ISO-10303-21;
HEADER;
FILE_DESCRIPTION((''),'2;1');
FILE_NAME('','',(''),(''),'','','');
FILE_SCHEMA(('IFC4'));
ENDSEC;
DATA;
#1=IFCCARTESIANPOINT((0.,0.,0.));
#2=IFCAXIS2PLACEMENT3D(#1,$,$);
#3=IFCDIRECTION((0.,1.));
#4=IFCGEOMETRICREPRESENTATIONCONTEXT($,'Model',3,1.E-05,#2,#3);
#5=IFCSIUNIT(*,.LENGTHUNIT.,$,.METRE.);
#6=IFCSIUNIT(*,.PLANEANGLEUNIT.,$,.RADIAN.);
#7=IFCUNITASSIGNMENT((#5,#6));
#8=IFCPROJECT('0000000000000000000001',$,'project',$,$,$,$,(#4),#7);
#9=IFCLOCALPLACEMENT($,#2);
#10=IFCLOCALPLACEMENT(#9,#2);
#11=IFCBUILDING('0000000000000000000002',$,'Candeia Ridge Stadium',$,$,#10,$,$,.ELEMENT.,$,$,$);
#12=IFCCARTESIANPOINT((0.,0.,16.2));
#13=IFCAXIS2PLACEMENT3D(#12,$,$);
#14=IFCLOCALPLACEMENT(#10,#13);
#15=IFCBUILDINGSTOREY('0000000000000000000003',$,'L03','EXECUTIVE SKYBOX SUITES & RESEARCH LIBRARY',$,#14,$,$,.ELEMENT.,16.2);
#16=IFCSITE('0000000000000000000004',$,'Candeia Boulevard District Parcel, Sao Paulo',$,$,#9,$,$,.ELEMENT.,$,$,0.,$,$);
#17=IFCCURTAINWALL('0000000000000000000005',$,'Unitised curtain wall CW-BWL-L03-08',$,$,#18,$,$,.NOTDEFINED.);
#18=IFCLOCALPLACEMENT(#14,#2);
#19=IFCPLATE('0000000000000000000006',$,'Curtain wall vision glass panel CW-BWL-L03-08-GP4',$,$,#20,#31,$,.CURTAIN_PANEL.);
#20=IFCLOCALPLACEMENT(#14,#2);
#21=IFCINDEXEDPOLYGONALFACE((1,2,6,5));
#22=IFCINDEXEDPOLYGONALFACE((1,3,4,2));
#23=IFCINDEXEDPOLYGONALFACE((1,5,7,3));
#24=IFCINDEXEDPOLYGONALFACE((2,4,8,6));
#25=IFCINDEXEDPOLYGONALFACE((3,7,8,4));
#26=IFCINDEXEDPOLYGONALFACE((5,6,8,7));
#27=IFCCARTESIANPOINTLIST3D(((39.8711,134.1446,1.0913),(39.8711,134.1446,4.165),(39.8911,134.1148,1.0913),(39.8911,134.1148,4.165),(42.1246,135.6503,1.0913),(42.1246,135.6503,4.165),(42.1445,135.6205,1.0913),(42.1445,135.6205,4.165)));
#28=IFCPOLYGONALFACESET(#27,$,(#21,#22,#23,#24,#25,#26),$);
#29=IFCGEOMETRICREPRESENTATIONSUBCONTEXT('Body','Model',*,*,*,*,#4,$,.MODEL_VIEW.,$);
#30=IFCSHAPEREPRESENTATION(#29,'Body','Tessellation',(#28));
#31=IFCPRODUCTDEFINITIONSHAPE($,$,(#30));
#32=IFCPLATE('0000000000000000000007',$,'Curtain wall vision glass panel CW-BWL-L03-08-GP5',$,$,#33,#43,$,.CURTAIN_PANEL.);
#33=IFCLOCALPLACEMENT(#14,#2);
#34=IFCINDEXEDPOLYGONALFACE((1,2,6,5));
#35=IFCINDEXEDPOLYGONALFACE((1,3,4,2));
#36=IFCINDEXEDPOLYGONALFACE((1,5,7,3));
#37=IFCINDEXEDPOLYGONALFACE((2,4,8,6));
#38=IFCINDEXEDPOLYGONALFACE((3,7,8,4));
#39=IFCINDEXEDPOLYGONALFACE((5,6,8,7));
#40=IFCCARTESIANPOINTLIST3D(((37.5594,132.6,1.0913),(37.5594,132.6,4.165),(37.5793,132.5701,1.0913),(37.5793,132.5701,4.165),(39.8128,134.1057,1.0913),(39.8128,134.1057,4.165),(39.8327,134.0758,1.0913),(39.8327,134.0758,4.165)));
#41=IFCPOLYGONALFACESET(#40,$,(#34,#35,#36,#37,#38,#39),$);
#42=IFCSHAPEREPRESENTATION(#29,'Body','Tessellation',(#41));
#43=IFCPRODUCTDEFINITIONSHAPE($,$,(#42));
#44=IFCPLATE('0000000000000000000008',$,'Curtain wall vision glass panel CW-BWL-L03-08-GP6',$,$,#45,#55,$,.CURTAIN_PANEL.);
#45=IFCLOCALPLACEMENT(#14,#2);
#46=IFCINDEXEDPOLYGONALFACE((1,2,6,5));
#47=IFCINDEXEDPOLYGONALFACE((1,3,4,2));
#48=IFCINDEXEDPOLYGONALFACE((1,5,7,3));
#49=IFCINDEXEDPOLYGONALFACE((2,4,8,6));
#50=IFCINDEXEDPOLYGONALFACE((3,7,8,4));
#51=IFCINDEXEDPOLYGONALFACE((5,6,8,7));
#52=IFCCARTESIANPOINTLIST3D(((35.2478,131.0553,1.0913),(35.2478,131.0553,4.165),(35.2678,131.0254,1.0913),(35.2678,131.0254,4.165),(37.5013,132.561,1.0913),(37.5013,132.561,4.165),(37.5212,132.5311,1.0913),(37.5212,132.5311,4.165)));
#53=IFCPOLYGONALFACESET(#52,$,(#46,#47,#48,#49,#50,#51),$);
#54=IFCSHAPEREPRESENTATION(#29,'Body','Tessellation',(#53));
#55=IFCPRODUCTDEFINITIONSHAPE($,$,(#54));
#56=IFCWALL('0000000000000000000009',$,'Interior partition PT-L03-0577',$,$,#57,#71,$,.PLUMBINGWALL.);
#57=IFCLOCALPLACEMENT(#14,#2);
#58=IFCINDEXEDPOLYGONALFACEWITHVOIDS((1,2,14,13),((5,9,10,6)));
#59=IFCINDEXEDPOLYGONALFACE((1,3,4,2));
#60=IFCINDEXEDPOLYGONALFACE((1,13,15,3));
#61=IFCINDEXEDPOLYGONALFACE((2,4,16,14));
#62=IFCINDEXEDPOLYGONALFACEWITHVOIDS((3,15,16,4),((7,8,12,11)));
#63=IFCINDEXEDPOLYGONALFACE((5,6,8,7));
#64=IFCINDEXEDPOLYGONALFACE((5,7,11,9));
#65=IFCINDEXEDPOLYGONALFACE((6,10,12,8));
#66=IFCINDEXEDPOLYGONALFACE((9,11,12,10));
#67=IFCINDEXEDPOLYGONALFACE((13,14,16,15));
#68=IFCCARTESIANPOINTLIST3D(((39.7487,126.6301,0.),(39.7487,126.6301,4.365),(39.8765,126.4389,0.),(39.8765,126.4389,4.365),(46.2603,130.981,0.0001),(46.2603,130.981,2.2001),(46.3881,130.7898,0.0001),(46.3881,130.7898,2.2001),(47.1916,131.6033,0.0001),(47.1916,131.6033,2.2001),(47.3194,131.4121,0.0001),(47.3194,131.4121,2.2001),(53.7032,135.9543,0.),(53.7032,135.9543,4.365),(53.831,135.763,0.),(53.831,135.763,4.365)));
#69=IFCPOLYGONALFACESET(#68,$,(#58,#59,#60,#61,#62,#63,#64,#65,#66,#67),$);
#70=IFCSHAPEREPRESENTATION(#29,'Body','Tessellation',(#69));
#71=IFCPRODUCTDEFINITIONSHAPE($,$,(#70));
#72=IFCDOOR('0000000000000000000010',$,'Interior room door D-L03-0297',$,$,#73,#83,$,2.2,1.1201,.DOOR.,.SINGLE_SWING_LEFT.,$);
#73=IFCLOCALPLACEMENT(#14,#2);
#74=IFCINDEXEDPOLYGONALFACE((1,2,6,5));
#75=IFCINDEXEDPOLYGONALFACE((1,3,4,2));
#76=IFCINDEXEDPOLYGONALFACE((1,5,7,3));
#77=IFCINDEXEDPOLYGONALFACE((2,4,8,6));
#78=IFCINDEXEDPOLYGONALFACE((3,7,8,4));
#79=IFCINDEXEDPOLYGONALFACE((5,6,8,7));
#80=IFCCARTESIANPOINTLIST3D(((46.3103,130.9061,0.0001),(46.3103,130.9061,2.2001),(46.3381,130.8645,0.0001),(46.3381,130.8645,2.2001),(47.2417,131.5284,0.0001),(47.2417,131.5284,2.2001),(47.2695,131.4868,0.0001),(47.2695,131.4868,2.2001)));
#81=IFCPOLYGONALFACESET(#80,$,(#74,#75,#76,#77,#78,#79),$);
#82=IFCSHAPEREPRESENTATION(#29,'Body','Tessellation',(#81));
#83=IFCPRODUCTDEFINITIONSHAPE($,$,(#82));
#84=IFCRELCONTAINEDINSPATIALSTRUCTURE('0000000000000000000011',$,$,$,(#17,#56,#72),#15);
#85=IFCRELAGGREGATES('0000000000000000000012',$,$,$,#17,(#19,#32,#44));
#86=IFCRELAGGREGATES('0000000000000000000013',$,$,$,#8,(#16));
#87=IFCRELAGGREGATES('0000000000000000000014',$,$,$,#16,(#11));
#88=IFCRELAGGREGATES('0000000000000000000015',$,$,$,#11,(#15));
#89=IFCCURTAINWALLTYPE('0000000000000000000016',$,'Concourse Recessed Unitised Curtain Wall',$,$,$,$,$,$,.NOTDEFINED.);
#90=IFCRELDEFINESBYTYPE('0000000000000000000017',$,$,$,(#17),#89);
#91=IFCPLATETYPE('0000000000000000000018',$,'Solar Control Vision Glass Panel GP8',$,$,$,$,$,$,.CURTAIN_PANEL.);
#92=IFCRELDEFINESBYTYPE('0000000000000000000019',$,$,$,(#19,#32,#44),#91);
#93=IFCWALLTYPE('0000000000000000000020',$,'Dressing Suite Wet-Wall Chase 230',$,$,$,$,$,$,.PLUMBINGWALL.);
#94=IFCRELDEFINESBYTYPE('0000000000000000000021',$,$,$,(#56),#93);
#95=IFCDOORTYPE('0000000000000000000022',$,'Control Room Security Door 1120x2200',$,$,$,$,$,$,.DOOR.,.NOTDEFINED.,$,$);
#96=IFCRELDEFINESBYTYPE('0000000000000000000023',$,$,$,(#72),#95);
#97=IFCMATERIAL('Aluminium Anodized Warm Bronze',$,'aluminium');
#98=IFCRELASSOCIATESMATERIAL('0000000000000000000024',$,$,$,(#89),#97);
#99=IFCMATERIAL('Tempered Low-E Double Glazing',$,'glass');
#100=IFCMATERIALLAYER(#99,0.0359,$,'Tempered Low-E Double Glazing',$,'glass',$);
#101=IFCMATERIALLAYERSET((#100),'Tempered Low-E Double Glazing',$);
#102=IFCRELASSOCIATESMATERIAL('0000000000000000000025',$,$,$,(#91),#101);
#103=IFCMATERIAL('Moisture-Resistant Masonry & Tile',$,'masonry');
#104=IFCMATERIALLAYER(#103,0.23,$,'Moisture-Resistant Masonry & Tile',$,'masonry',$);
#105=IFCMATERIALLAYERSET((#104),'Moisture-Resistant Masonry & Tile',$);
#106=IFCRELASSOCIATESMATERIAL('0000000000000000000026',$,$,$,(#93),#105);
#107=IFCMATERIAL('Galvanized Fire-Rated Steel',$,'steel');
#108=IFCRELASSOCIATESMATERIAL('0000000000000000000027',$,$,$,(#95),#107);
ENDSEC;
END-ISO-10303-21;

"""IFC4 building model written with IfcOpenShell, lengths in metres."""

from ifc_helpers import new_model, si_unit, direction, frame, frame_2d, origin, origin_2d, place, context, subcontext, project, spatial, rectangle, extrude, material, layer, layer_set, type_object, element, fill, aggregate, save


model = new_model("IFC4")

# Units and contexts
model_context = context("Model", 3, precision=1e-05, world=origin(), true_north=direction((0.0, 1.0)))
body_context = subcontext(model_context, "Body", "Model", "MODEL_VIEW")
ifc_project = project(units=[si_unit("LENGTHUNIT", "METRE"), si_unit("PLANEANGLEUNIT", "RADIAN")], contexts=[model_context])

# Site, building, storey
site_placement = place(None, origin())
site = spatial("IfcSite", under=ifc_project, at=site_placement, Name="Candeia Boulevard District Parcel, Sao Paulo", CompositionType="ELEMENT", RefElevation=0.0)
building_placement = place(site_placement, origin())
building = spatial("IfcBuilding", under=site, at=building_placement, Name="Candeia Ridge Stadium", CompositionType="ELEMENT")
storey_placement = place(building_placement, frame((0.0, 0.0, 16.2)))
storey = spatial("IfcBuildingStorey", under=building, at=storey_placement, Name="L03", Description="EXECUTIVE SKYBOX SUITES & RESEARCH LIBRARY", CompositionType="ELEMENT", Elevation=16.2)

# Curtain wall
ifc_material_1 = material(Name="Aluminium Anodized Warm Bronze", Category="aluminium")
curtain_wall_type = type_object("IfcCurtainWallType", Name="Concourse Recessed Unitised Curtain Wall", PredefinedType="NOTDEFINED", material=ifc_material_1)
curtain_wall_1_placement = place(storey_placement, origin())
curtain_wall_1 = element("IfcCurtainWall", 1, at=curtain_wall_1_placement, inside=storey, type_object=curtain_wall_type, Name="Unitised curtain wall CW-BWL-L03-08", PredefinedType="NOTDEFINED")

# Plates
ifc_material_2 = material(Name="Tempered Low-E Double Glazing", Category="glass")
ifc_layer_1 = layer(ifc_material_2, 0.0359, Name="Tempered Low-E Double Glazing", Category="glass")
ifc_layer_set_1 = layer_set([ifc_layer_1], Name="Tempered Low-E Double Glazing")
plate_type_1 = type_object("IfcPlateType", Name="Solar Control Vision Glass Panel GP8", PredefinedType="CURTAIN_PANEL", material=ifc_layer_set_1)
plate_1_placement = place(storey_placement, frame((41.0078, 134.8826, 1.0913), z_axis=(0.0, 0.0, 1.0), x_axis=(-0.831469, -0.555571, 0.0)))
plate_1 = element("IfcPlate", 2, at=plate_1_placement, type_object=plate_type_1, Name="Curtain wall vision glass panel CW-BWL-L03-08-GP4", PredefinedType="CURTAIN_PANEL", context=body_context, shape_type="SweptSolid", body=[
    extrude(rectangle(XDim=2.7102, YDim=0.0359, at=origin_2d()), origin(), (0.0, 0.0, 1.0), 3.0737),
])
plate_2_placement = place(storey_placement, frame((38.696, 133.3379, 1.0913), z_axis=(0.0, 0.0, 1.0), x_axis=(-0.831469, -0.555571, 0.0)))
plate_2 = element("IfcPlate", 3, at=plate_2_placement, type_object=plate_type_1, Name="Curtain wall vision glass panel CW-BWL-L03-08-GP5", PredefinedType="CURTAIN_PANEL", context=body_context, shape_type="SweptSolid", body=[
    extrude(rectangle(XDim=2.7102, YDim=0.0359, at=origin_2d()), origin(), (0.0, 0.0, 1.0), 3.0737),
])
plate_3_placement = place(storey_placement, frame((36.3845, 131.7932, 1.0913), z_axis=(0.0, 0.0, 1.0), x_axis=(-0.831469, -0.555571, 0.0)))
plate_3 = element("IfcPlate", 4, at=plate_3_placement, type_object=plate_type_1, Name="Curtain wall vision glass panel CW-BWL-L03-08-GP6", PredefinedType="CURTAIN_PANEL", context=body_context, shape_type="SweptSolid", body=[
    extrude(rectangle(XDim=2.7102, YDim=0.0359, at=origin_2d()), origin(), (0.0, 0.0, 1.0), 3.0737),
])
aggregate(curtain_wall_1, [plate_1, plate_2, plate_3])

# Wall, opening, door
ifc_material_3 = material(Name="Moisture-Resistant Masonry & Tile", Category="masonry")
ifc_layer_2 = layer(ifc_material_3, 0.23, Name="Moisture-Resistant Masonry & Tile", Category="masonry")
ifc_layer_set_2 = layer_set([ifc_layer_2], Name="Moisture-Resistant Masonry & Tile")
wall_type = type_object("IfcWallType", Name="Dressing Suite Wet-Wall Chase 230", PredefinedType="PLUMBINGWALL", material=ifc_layer_set_2)
wall_placement = place(storey_placement, frame((39.8125, 126.5344, 0.0), z_axis=(0.0, 0.0, 1.0), x_axis=(0.831468, 0.555573, 0.0)))
wall = element("IfcWall", 5, at=wall_placement, inside=storey, type_object=wall_type, Name="Interior partition PT-L03-0577", PredefinedType="PLUMBINGWALL", context=body_context, shape_type="SweptSolid", body=[
    extrude(rectangle(XDim=16.783, YDim=0.23, at=frame_2d((8.3916, 0.0))), origin(), (0.0, 0.0, 1.0), 4.365),
])
opening_placement = place(wall_placement, frame((7.8315, 0.0, 0.0)))
opening = element("IfcOpeningElement", 6, at=opening_placement, cuts=wall, PredefinedType="OPENING", context=body_context, shape_type="SweptSolid", body=[
    extrude(rectangle(XDim=1.1201, YDim=2.2, at=frame_2d((0.5601, 1.1001))), frame((0.0, 0.125, 0.0), z_axis=(0.0, -1.0, 0.0), x_axis=(1.0, 0.0, 0.0)), (0.0, 0.0, 1.0), 0.25),
])
ifc_material_4 = material(Name="Galvanized Fire-Rated Steel", Category="steel")
door_type = type_object("IfcDoorType", Name="Control Room Security Door 1120x2200", OperationType="NOTDEFINED", PredefinedType="DOOR", material=ifc_material_4)
door_placement = place(opening_placement, origin())
door = element("IfcDoor", 7, at=door_placement, inside=storey, type_object=door_type, Name="Interior room door D-L03-0297", OperationType="SINGLE_SWING_LEFT", OverallHeight=2.2, OverallWidth=1.1201, PredefinedType="DOOR", context=body_context, shape_type="SweptSolid", body=[
    extrude(rectangle(XDim=1.1201, YDim=2.2, at=frame_2d((0.5601, 1.1001))), frame((0.0, 0.0249, 0.0), z_axis=(0.0, -1.0, 0.0), x_axis=(1.0, 0.0, 0.0)), (0.0, 0.0, 1.0), 0.05),
])
fill(opening, door)

save(model, "model.ifc")
